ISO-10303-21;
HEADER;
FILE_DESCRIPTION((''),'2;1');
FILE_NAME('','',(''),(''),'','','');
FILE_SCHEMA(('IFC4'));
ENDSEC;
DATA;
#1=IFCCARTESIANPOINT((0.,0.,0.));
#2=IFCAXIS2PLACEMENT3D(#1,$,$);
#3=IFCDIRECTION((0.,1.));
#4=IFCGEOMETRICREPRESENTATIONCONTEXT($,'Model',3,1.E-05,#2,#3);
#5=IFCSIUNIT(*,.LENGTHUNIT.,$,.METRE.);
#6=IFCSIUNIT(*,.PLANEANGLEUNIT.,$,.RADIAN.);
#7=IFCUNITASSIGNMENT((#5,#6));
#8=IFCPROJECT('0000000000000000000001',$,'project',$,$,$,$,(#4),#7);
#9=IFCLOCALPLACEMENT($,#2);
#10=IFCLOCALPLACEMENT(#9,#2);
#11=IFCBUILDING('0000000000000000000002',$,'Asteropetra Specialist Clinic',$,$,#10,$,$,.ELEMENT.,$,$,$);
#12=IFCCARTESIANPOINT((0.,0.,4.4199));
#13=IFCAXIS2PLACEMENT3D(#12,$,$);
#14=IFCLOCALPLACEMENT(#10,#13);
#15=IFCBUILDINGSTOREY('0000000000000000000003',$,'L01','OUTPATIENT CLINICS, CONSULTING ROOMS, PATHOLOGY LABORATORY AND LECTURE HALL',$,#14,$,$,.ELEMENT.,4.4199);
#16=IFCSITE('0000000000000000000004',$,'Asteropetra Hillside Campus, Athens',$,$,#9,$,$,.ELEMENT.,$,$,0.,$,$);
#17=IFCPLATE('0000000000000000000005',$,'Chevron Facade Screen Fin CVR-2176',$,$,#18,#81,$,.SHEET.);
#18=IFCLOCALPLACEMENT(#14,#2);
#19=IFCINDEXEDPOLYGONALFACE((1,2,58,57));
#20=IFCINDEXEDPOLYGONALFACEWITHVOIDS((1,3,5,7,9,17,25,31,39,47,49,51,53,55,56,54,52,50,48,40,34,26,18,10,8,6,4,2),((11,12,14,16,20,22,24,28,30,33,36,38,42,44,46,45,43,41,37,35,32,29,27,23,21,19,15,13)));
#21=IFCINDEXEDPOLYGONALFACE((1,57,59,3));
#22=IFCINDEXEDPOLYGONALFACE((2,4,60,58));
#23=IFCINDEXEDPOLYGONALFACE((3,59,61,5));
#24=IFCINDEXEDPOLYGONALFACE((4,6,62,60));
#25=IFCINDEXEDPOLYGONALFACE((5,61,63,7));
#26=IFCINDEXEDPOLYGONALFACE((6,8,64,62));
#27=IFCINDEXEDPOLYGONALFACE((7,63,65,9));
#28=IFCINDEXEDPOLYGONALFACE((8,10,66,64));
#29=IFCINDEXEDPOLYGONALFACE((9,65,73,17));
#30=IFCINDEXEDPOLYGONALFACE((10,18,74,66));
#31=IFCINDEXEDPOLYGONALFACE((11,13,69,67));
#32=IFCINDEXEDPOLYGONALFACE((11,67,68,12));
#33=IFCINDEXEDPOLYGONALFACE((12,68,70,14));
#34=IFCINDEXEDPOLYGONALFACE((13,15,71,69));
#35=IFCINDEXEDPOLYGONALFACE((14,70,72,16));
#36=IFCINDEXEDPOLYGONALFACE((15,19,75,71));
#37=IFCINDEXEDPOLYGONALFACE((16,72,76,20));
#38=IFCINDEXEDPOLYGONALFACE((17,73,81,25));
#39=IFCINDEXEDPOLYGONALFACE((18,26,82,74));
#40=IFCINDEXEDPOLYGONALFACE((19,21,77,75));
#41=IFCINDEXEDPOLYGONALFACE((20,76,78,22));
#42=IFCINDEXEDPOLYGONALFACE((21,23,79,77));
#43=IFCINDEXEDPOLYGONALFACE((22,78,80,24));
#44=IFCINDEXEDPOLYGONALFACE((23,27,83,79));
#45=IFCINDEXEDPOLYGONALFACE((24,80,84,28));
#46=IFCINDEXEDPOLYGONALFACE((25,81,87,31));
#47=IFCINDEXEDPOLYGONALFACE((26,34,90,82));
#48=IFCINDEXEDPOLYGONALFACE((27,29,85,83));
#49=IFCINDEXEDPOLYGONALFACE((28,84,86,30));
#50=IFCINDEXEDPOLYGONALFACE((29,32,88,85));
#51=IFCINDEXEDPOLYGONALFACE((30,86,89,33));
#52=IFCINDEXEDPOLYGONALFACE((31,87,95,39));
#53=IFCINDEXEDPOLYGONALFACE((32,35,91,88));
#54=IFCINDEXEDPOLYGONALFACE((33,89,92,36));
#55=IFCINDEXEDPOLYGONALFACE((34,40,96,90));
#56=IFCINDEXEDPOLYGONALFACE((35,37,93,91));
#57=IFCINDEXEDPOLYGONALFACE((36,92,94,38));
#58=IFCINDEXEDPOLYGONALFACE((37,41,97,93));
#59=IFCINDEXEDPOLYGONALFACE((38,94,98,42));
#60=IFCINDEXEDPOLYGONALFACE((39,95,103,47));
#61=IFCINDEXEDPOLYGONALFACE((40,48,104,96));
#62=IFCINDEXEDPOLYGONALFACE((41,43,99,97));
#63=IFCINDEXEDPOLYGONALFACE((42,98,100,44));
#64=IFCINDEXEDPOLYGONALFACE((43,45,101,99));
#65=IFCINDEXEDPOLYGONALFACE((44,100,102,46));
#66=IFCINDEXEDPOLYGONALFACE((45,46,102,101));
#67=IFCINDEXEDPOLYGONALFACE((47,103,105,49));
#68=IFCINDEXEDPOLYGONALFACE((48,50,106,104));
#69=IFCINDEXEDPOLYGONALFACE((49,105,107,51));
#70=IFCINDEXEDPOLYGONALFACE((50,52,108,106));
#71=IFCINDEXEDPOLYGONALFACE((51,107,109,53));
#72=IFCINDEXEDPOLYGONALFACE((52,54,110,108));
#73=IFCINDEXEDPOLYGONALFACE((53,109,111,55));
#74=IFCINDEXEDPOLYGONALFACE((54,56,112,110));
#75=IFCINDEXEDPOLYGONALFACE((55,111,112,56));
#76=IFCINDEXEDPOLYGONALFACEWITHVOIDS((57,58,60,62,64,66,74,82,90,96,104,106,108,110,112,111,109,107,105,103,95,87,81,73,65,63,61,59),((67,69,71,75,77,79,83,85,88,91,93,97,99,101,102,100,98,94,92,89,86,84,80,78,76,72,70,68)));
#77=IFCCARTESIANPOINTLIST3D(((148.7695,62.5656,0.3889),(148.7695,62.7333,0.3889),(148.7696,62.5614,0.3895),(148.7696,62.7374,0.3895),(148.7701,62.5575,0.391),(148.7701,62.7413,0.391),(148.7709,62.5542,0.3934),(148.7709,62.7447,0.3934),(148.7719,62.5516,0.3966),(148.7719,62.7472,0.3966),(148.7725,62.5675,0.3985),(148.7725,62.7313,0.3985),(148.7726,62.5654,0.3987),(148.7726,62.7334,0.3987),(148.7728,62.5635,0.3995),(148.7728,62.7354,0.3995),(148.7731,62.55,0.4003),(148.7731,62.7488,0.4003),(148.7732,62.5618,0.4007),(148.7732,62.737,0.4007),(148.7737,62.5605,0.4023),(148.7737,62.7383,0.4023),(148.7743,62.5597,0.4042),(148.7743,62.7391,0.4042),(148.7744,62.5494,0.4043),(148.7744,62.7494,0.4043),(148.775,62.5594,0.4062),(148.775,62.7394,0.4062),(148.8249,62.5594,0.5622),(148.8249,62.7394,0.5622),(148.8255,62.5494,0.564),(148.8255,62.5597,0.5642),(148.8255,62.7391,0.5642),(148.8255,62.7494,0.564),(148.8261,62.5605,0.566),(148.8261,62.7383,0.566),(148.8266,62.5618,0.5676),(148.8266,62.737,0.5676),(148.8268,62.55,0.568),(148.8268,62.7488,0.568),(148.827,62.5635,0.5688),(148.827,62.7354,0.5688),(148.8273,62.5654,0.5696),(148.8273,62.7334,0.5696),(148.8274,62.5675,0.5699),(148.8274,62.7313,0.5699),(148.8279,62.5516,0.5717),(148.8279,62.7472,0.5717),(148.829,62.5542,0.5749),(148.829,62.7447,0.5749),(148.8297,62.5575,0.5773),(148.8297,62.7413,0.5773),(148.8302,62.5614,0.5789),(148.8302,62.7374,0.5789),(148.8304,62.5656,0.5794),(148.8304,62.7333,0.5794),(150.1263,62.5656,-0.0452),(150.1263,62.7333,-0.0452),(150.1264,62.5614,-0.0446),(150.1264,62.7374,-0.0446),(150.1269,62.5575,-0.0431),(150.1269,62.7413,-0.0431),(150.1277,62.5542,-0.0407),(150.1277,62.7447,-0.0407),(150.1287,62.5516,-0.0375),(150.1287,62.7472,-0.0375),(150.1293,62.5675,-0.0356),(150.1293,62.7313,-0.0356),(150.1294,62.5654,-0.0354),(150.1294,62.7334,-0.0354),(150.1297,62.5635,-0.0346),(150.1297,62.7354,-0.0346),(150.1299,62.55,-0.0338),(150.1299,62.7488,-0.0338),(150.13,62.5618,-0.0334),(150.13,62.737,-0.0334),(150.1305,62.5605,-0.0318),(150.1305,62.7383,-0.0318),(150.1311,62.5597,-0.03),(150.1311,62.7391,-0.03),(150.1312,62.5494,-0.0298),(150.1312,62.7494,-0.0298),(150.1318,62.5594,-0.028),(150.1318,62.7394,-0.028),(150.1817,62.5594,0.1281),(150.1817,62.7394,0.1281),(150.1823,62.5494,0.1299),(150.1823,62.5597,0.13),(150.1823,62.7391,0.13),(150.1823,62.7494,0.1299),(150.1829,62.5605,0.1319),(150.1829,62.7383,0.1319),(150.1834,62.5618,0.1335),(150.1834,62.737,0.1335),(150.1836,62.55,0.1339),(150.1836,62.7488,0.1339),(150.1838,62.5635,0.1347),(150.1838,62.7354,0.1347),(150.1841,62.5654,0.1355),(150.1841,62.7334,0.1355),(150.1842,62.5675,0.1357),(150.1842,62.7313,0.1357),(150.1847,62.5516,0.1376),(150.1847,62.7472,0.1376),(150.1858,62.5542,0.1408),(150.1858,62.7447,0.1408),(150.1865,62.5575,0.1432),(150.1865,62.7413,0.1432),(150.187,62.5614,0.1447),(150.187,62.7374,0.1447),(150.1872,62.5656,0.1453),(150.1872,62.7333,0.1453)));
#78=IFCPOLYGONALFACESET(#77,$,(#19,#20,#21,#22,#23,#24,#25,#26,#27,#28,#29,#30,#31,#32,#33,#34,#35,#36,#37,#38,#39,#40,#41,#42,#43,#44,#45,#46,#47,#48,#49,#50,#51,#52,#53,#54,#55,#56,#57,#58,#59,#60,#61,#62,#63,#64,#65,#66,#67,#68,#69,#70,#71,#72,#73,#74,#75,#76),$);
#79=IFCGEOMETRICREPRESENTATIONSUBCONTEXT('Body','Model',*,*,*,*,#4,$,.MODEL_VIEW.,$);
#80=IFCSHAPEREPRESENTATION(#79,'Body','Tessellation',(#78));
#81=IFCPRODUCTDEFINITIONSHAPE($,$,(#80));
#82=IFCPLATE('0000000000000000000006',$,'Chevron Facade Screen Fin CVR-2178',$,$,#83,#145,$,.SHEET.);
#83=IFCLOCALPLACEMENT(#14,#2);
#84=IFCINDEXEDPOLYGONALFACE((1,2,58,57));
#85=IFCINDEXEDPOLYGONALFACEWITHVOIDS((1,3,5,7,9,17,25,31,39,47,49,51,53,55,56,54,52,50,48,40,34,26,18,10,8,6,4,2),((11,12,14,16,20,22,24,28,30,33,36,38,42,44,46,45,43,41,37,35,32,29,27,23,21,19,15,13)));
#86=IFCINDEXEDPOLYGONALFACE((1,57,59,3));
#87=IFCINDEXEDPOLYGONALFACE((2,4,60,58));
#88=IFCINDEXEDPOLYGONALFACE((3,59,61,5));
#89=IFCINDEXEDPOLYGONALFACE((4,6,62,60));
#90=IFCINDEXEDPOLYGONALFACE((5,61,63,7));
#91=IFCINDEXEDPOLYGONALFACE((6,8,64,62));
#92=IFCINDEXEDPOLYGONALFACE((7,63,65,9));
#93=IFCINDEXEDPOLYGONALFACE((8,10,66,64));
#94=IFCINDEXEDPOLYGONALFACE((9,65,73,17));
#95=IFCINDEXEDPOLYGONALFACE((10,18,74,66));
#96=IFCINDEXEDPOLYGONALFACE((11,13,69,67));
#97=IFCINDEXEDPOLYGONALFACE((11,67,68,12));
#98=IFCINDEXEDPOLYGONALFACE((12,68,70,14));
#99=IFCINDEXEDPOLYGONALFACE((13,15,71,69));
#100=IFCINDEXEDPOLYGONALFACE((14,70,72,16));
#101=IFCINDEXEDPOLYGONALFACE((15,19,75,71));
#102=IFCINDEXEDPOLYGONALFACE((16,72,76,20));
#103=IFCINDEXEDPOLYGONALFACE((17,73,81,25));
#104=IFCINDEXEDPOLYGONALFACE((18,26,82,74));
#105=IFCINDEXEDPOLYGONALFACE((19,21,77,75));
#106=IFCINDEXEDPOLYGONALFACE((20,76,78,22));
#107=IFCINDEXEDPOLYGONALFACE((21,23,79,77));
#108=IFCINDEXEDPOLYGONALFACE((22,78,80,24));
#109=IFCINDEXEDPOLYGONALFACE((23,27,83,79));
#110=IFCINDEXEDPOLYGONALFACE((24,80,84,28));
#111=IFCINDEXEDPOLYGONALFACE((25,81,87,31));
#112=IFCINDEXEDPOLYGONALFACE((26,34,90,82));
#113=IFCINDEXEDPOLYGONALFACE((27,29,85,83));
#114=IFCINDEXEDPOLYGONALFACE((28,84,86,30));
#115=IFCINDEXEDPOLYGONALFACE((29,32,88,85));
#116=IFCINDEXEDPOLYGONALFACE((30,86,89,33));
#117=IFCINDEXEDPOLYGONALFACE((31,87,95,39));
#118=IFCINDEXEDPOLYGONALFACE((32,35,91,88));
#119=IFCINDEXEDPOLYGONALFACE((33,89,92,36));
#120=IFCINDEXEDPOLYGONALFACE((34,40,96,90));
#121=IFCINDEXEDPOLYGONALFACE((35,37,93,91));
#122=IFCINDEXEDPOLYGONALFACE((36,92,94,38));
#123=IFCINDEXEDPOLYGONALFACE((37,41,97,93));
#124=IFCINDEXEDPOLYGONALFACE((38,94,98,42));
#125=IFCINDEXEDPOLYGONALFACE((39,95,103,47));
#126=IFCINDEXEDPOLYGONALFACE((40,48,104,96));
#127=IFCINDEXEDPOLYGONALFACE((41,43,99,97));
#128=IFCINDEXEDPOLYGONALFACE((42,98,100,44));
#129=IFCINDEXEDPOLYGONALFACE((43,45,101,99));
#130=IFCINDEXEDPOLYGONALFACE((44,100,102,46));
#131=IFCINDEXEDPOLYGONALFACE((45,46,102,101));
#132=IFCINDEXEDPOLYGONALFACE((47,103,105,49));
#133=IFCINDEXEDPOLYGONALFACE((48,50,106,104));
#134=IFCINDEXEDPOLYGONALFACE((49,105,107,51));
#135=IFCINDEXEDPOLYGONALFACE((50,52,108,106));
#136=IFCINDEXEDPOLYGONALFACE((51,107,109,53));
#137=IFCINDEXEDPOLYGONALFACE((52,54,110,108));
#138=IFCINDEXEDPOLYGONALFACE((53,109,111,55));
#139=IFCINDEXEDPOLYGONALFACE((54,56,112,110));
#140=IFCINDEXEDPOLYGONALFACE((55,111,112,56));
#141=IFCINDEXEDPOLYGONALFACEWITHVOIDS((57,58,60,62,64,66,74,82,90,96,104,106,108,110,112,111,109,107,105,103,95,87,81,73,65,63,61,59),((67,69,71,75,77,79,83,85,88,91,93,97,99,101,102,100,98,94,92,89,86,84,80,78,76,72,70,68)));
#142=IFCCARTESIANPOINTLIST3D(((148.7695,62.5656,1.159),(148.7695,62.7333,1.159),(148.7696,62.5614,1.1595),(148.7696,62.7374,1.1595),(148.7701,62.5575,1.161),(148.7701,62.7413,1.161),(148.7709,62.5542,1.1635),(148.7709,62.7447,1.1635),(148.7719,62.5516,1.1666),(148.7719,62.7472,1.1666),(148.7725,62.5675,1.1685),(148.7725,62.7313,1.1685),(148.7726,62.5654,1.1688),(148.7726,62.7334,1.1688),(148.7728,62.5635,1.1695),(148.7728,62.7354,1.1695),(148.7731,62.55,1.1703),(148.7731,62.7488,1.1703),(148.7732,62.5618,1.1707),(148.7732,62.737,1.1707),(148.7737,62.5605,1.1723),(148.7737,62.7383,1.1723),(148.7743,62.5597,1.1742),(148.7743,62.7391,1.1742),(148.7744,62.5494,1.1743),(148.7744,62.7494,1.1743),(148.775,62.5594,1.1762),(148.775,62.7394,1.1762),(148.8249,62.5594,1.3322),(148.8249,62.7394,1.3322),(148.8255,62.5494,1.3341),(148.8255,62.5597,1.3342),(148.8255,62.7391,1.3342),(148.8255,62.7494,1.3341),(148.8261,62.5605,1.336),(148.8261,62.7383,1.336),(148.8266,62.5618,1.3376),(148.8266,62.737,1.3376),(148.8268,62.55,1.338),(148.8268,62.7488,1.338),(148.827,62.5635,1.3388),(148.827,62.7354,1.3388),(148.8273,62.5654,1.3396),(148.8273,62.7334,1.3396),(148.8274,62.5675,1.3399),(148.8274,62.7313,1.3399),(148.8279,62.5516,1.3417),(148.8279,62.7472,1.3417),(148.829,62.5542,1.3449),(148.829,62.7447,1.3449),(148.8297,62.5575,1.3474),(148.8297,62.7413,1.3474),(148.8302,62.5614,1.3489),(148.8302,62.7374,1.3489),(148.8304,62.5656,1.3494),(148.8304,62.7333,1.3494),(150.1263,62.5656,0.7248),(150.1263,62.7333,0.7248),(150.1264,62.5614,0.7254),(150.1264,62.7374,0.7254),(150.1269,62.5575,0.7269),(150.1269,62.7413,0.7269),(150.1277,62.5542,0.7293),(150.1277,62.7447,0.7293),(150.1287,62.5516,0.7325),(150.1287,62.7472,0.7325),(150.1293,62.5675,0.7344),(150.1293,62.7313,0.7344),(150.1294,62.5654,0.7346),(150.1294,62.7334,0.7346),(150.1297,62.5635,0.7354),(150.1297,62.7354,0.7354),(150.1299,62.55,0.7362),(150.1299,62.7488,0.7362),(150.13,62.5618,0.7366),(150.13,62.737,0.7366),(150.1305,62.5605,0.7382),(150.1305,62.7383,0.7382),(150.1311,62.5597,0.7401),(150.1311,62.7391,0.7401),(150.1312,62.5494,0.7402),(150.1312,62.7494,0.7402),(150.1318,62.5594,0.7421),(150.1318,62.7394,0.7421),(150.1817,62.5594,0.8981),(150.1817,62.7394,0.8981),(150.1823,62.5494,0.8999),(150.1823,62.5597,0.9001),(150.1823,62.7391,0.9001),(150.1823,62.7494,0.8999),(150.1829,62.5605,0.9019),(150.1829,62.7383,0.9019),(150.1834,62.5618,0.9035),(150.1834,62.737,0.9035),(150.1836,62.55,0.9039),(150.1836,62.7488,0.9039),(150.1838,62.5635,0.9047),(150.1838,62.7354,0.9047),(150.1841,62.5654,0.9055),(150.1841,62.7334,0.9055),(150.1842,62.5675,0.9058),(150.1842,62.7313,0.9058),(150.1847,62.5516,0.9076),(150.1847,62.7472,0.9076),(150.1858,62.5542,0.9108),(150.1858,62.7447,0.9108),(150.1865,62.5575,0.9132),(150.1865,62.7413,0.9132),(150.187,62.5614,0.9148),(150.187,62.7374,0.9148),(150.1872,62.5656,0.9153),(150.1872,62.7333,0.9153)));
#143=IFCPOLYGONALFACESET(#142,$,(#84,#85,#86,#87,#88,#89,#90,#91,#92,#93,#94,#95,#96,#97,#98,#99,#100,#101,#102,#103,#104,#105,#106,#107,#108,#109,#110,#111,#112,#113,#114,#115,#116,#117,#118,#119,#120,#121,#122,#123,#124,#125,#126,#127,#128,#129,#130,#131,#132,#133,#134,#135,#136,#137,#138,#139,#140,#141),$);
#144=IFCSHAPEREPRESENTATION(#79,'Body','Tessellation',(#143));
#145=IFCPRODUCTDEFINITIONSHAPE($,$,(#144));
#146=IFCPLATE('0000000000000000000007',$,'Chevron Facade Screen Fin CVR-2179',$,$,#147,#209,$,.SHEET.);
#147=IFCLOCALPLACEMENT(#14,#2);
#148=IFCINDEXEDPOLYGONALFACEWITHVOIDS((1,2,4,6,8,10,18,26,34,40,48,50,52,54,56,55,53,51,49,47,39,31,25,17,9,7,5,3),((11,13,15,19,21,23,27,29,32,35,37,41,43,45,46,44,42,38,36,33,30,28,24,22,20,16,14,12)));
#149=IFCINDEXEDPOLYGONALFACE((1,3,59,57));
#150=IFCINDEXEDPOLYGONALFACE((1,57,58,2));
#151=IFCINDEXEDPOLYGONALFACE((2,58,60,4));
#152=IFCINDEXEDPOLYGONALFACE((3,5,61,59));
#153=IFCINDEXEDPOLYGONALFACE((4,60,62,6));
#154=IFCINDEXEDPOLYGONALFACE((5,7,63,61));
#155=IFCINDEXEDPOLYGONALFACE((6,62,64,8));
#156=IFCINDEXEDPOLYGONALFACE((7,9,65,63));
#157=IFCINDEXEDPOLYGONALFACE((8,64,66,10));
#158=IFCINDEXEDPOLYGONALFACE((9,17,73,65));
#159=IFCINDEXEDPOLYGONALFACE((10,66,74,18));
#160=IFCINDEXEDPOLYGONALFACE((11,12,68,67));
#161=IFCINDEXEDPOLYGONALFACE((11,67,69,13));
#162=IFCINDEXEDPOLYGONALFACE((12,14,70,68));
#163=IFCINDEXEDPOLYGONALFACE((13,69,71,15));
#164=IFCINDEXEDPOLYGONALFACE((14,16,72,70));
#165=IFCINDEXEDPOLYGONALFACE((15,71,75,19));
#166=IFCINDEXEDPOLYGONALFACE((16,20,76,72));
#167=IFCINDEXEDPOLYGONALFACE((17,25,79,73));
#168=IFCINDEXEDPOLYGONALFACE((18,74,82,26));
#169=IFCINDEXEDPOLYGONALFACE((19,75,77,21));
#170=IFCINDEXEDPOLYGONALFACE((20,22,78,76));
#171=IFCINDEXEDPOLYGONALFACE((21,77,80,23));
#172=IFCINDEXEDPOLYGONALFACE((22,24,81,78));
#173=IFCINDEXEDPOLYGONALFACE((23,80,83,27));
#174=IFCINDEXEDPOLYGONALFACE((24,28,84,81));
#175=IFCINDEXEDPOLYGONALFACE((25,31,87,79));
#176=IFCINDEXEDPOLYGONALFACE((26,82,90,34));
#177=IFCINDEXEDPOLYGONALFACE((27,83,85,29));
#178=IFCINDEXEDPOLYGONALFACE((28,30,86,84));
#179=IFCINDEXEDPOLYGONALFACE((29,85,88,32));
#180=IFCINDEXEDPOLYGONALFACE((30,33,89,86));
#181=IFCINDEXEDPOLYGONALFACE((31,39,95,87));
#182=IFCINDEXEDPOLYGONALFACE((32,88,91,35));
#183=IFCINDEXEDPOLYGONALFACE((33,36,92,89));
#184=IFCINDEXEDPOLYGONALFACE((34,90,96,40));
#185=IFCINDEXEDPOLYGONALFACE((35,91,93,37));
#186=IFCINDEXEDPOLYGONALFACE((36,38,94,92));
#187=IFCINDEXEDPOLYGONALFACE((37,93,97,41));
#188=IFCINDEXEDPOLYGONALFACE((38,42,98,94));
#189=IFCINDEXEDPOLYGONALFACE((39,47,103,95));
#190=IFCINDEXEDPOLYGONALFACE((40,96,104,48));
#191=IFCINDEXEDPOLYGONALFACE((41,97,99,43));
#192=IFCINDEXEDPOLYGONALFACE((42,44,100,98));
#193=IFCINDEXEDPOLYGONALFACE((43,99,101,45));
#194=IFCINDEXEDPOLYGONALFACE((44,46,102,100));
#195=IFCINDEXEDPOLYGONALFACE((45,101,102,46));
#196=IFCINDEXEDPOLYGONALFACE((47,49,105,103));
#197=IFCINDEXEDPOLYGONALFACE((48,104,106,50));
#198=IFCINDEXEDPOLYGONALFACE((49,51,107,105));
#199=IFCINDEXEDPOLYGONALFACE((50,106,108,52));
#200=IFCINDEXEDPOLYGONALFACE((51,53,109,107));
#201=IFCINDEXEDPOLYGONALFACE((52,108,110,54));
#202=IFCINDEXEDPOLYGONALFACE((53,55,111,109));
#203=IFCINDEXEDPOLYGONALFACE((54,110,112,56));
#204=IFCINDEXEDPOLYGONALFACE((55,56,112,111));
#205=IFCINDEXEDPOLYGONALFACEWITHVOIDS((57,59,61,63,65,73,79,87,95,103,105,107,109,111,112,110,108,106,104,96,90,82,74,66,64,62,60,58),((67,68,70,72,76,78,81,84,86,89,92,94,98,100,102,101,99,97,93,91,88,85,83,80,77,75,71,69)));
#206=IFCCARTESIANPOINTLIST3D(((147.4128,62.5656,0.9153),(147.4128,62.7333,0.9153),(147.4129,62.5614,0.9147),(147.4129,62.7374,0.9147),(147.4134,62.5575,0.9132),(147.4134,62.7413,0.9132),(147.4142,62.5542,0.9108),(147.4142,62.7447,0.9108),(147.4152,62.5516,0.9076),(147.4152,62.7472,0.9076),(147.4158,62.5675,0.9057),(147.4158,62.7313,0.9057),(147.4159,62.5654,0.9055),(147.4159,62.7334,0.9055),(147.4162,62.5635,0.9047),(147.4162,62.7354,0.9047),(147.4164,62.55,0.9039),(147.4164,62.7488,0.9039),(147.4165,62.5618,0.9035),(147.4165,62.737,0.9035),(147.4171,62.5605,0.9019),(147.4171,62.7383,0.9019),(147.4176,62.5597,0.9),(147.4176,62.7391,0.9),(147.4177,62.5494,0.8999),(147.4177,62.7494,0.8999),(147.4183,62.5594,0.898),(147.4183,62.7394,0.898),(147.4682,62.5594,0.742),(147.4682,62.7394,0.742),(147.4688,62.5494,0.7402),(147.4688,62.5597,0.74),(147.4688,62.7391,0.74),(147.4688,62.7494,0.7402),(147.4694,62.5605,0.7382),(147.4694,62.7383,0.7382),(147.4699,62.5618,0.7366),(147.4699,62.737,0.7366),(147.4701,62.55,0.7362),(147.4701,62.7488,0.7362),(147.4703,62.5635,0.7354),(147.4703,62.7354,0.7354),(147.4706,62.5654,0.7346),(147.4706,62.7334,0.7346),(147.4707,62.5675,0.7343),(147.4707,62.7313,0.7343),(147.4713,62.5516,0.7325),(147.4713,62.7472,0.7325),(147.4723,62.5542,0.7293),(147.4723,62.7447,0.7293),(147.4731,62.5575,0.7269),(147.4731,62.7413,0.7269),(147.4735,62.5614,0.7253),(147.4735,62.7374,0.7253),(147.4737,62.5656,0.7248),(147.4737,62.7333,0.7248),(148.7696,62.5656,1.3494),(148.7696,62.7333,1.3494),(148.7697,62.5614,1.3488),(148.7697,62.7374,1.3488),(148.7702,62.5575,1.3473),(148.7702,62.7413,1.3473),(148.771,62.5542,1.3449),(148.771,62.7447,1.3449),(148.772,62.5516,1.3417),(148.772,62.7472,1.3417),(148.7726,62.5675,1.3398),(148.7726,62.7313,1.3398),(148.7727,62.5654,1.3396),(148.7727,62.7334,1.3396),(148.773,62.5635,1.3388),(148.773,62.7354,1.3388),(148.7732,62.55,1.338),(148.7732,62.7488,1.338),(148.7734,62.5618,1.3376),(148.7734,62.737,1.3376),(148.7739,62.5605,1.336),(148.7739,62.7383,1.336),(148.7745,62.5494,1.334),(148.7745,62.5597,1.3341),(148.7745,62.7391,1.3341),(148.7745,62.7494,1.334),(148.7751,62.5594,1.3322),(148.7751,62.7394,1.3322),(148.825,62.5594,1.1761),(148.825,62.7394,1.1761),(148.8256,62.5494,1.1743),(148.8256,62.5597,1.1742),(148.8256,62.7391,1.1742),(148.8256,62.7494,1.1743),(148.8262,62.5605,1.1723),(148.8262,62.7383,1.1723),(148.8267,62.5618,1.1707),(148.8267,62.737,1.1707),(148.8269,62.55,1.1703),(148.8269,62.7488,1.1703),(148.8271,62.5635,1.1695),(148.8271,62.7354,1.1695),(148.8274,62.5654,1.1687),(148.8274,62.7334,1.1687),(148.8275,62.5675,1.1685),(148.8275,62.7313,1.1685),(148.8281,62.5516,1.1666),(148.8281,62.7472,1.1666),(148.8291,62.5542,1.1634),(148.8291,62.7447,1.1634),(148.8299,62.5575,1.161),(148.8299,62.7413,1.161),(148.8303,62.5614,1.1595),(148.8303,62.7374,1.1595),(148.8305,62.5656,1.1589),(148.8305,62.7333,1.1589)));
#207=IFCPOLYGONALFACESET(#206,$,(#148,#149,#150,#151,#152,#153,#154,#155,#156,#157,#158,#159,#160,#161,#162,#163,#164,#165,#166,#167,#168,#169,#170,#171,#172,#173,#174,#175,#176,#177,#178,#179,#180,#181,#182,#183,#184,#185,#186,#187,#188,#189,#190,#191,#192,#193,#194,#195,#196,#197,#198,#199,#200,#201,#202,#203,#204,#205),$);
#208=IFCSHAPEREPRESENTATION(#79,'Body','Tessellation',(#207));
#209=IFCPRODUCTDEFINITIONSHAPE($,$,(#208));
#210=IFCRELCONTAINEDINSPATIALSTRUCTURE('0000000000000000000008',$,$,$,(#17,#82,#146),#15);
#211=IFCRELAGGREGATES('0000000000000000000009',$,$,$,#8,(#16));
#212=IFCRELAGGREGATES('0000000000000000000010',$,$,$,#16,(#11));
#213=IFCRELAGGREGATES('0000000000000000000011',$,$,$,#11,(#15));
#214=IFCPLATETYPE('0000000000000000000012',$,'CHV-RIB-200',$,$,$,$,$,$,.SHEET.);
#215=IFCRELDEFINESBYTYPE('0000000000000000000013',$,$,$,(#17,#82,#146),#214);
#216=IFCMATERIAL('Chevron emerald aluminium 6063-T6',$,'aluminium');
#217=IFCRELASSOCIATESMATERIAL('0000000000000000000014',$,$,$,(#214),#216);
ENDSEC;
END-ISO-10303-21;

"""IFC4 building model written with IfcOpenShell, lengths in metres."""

from ifc_helpers import new_model, si_unit, direction, frame, origin, origin_2d, place, context, subcontext, project, spatial, hollow_rectangle, extrude, material, material_profile, profile_set, type_object, element, save


model = new_model("IFC4")

# Units and contexts
model_context = context("Model", 3, precision=1e-05, world=origin(), true_north=direction((0.0, 1.0)))
body_context = subcontext(model_context, "Body", "Model", "MODEL_VIEW")
ifc_project = project(units=[si_unit("LENGTHUNIT", "METRE"), si_unit("PLANEANGLEUNIT", "RADIAN")], contexts=[model_context])

# Site, building, storey
site_placement = place(None, origin())
site = spatial("IfcSite", under=ifc_project, at=site_placement, Name="Asteropetra Hillside Campus, Athens", CompositionType="ELEMENT", RefElevation=0.0)
building_placement = place(site_placement, origin())
building = spatial("IfcBuilding", under=site, at=building_placement, Name="Asteropetra Specialist Clinic", CompositionType="ELEMENT")
storey_placement = place(building_placement, frame((0.0, 0.0, 4.4199)))
storey = spatial("IfcBuildingStorey", under=building, at=storey_placement, Name="L01", Description="OUTPATIENT CLINICS, CONSULTING ROOMS, PATHOLOGY LABORATORY AND LECTURE HALL", CompositionType="ELEMENT", Elevation=4.4199)

# Plates
ifc_material_1 = material(Name="Chevron emerald aluminium 6063-T6", Category="aluminium")
ifc_material_profile = material_profile(ifc_material_1, hollow_rectangle(XDim=0.2, YDim=0.2, WallThickness=0.01, InnerFilletRadius=0.0081, OuterFilletRadius=0.0161, at=origin_2d()), Name="SHS 200x200x10.0")
ifc_profile_set = profile_set([ifc_material_profile], Name="Chevron emerald aluminium 6063-T6")
plate_type = type_object("IfcPlateType", Name="CHV-RIB-200", PredefinedType="SHEET", material=ifc_profile_set)
for number, where, z_axis, x_axis, name in (
    (1, (150.1567, 62.6494, 0.05), (-0.952436, 0.0, 0.304738), (0.0, -1.0, 0.0), "Chevron Facade Screen Fin CVR-2176"),
    (2, (150.1567, 62.6494, 0.8201), (-0.952436, 0.0, 0.304738), (0.0, -1.0, 0.0), "Chevron Facade Screen Fin CVR-2178"),
    (3, (148.8, 62.6494, 1.2542), (-0.952436, 0.0, -0.304738), (0.0, -1.0, 0.0), "Chevron Facade Screen Fin CVR-2179"),
):
    element("IfcPlate", number, at=place(storey_placement, frame(where, z_axis=z_axis, x_axis=x_axis)), inside=storey, type_object=plate_type, Name=name, PredefinedType="SHEET", context=body_context, shape_type="SweptSolid", body=[
        extrude(hollow_rectangle(XDim=0.2, YDim=0.2, WallThickness=0.01, InnerFilletRadius=0.0081, OuterFilletRadius=0.0161, at=origin_2d()), origin(), (0.0, 0.0, 1.0), 1.4246),
    ])

save(model, "model.ifc")
